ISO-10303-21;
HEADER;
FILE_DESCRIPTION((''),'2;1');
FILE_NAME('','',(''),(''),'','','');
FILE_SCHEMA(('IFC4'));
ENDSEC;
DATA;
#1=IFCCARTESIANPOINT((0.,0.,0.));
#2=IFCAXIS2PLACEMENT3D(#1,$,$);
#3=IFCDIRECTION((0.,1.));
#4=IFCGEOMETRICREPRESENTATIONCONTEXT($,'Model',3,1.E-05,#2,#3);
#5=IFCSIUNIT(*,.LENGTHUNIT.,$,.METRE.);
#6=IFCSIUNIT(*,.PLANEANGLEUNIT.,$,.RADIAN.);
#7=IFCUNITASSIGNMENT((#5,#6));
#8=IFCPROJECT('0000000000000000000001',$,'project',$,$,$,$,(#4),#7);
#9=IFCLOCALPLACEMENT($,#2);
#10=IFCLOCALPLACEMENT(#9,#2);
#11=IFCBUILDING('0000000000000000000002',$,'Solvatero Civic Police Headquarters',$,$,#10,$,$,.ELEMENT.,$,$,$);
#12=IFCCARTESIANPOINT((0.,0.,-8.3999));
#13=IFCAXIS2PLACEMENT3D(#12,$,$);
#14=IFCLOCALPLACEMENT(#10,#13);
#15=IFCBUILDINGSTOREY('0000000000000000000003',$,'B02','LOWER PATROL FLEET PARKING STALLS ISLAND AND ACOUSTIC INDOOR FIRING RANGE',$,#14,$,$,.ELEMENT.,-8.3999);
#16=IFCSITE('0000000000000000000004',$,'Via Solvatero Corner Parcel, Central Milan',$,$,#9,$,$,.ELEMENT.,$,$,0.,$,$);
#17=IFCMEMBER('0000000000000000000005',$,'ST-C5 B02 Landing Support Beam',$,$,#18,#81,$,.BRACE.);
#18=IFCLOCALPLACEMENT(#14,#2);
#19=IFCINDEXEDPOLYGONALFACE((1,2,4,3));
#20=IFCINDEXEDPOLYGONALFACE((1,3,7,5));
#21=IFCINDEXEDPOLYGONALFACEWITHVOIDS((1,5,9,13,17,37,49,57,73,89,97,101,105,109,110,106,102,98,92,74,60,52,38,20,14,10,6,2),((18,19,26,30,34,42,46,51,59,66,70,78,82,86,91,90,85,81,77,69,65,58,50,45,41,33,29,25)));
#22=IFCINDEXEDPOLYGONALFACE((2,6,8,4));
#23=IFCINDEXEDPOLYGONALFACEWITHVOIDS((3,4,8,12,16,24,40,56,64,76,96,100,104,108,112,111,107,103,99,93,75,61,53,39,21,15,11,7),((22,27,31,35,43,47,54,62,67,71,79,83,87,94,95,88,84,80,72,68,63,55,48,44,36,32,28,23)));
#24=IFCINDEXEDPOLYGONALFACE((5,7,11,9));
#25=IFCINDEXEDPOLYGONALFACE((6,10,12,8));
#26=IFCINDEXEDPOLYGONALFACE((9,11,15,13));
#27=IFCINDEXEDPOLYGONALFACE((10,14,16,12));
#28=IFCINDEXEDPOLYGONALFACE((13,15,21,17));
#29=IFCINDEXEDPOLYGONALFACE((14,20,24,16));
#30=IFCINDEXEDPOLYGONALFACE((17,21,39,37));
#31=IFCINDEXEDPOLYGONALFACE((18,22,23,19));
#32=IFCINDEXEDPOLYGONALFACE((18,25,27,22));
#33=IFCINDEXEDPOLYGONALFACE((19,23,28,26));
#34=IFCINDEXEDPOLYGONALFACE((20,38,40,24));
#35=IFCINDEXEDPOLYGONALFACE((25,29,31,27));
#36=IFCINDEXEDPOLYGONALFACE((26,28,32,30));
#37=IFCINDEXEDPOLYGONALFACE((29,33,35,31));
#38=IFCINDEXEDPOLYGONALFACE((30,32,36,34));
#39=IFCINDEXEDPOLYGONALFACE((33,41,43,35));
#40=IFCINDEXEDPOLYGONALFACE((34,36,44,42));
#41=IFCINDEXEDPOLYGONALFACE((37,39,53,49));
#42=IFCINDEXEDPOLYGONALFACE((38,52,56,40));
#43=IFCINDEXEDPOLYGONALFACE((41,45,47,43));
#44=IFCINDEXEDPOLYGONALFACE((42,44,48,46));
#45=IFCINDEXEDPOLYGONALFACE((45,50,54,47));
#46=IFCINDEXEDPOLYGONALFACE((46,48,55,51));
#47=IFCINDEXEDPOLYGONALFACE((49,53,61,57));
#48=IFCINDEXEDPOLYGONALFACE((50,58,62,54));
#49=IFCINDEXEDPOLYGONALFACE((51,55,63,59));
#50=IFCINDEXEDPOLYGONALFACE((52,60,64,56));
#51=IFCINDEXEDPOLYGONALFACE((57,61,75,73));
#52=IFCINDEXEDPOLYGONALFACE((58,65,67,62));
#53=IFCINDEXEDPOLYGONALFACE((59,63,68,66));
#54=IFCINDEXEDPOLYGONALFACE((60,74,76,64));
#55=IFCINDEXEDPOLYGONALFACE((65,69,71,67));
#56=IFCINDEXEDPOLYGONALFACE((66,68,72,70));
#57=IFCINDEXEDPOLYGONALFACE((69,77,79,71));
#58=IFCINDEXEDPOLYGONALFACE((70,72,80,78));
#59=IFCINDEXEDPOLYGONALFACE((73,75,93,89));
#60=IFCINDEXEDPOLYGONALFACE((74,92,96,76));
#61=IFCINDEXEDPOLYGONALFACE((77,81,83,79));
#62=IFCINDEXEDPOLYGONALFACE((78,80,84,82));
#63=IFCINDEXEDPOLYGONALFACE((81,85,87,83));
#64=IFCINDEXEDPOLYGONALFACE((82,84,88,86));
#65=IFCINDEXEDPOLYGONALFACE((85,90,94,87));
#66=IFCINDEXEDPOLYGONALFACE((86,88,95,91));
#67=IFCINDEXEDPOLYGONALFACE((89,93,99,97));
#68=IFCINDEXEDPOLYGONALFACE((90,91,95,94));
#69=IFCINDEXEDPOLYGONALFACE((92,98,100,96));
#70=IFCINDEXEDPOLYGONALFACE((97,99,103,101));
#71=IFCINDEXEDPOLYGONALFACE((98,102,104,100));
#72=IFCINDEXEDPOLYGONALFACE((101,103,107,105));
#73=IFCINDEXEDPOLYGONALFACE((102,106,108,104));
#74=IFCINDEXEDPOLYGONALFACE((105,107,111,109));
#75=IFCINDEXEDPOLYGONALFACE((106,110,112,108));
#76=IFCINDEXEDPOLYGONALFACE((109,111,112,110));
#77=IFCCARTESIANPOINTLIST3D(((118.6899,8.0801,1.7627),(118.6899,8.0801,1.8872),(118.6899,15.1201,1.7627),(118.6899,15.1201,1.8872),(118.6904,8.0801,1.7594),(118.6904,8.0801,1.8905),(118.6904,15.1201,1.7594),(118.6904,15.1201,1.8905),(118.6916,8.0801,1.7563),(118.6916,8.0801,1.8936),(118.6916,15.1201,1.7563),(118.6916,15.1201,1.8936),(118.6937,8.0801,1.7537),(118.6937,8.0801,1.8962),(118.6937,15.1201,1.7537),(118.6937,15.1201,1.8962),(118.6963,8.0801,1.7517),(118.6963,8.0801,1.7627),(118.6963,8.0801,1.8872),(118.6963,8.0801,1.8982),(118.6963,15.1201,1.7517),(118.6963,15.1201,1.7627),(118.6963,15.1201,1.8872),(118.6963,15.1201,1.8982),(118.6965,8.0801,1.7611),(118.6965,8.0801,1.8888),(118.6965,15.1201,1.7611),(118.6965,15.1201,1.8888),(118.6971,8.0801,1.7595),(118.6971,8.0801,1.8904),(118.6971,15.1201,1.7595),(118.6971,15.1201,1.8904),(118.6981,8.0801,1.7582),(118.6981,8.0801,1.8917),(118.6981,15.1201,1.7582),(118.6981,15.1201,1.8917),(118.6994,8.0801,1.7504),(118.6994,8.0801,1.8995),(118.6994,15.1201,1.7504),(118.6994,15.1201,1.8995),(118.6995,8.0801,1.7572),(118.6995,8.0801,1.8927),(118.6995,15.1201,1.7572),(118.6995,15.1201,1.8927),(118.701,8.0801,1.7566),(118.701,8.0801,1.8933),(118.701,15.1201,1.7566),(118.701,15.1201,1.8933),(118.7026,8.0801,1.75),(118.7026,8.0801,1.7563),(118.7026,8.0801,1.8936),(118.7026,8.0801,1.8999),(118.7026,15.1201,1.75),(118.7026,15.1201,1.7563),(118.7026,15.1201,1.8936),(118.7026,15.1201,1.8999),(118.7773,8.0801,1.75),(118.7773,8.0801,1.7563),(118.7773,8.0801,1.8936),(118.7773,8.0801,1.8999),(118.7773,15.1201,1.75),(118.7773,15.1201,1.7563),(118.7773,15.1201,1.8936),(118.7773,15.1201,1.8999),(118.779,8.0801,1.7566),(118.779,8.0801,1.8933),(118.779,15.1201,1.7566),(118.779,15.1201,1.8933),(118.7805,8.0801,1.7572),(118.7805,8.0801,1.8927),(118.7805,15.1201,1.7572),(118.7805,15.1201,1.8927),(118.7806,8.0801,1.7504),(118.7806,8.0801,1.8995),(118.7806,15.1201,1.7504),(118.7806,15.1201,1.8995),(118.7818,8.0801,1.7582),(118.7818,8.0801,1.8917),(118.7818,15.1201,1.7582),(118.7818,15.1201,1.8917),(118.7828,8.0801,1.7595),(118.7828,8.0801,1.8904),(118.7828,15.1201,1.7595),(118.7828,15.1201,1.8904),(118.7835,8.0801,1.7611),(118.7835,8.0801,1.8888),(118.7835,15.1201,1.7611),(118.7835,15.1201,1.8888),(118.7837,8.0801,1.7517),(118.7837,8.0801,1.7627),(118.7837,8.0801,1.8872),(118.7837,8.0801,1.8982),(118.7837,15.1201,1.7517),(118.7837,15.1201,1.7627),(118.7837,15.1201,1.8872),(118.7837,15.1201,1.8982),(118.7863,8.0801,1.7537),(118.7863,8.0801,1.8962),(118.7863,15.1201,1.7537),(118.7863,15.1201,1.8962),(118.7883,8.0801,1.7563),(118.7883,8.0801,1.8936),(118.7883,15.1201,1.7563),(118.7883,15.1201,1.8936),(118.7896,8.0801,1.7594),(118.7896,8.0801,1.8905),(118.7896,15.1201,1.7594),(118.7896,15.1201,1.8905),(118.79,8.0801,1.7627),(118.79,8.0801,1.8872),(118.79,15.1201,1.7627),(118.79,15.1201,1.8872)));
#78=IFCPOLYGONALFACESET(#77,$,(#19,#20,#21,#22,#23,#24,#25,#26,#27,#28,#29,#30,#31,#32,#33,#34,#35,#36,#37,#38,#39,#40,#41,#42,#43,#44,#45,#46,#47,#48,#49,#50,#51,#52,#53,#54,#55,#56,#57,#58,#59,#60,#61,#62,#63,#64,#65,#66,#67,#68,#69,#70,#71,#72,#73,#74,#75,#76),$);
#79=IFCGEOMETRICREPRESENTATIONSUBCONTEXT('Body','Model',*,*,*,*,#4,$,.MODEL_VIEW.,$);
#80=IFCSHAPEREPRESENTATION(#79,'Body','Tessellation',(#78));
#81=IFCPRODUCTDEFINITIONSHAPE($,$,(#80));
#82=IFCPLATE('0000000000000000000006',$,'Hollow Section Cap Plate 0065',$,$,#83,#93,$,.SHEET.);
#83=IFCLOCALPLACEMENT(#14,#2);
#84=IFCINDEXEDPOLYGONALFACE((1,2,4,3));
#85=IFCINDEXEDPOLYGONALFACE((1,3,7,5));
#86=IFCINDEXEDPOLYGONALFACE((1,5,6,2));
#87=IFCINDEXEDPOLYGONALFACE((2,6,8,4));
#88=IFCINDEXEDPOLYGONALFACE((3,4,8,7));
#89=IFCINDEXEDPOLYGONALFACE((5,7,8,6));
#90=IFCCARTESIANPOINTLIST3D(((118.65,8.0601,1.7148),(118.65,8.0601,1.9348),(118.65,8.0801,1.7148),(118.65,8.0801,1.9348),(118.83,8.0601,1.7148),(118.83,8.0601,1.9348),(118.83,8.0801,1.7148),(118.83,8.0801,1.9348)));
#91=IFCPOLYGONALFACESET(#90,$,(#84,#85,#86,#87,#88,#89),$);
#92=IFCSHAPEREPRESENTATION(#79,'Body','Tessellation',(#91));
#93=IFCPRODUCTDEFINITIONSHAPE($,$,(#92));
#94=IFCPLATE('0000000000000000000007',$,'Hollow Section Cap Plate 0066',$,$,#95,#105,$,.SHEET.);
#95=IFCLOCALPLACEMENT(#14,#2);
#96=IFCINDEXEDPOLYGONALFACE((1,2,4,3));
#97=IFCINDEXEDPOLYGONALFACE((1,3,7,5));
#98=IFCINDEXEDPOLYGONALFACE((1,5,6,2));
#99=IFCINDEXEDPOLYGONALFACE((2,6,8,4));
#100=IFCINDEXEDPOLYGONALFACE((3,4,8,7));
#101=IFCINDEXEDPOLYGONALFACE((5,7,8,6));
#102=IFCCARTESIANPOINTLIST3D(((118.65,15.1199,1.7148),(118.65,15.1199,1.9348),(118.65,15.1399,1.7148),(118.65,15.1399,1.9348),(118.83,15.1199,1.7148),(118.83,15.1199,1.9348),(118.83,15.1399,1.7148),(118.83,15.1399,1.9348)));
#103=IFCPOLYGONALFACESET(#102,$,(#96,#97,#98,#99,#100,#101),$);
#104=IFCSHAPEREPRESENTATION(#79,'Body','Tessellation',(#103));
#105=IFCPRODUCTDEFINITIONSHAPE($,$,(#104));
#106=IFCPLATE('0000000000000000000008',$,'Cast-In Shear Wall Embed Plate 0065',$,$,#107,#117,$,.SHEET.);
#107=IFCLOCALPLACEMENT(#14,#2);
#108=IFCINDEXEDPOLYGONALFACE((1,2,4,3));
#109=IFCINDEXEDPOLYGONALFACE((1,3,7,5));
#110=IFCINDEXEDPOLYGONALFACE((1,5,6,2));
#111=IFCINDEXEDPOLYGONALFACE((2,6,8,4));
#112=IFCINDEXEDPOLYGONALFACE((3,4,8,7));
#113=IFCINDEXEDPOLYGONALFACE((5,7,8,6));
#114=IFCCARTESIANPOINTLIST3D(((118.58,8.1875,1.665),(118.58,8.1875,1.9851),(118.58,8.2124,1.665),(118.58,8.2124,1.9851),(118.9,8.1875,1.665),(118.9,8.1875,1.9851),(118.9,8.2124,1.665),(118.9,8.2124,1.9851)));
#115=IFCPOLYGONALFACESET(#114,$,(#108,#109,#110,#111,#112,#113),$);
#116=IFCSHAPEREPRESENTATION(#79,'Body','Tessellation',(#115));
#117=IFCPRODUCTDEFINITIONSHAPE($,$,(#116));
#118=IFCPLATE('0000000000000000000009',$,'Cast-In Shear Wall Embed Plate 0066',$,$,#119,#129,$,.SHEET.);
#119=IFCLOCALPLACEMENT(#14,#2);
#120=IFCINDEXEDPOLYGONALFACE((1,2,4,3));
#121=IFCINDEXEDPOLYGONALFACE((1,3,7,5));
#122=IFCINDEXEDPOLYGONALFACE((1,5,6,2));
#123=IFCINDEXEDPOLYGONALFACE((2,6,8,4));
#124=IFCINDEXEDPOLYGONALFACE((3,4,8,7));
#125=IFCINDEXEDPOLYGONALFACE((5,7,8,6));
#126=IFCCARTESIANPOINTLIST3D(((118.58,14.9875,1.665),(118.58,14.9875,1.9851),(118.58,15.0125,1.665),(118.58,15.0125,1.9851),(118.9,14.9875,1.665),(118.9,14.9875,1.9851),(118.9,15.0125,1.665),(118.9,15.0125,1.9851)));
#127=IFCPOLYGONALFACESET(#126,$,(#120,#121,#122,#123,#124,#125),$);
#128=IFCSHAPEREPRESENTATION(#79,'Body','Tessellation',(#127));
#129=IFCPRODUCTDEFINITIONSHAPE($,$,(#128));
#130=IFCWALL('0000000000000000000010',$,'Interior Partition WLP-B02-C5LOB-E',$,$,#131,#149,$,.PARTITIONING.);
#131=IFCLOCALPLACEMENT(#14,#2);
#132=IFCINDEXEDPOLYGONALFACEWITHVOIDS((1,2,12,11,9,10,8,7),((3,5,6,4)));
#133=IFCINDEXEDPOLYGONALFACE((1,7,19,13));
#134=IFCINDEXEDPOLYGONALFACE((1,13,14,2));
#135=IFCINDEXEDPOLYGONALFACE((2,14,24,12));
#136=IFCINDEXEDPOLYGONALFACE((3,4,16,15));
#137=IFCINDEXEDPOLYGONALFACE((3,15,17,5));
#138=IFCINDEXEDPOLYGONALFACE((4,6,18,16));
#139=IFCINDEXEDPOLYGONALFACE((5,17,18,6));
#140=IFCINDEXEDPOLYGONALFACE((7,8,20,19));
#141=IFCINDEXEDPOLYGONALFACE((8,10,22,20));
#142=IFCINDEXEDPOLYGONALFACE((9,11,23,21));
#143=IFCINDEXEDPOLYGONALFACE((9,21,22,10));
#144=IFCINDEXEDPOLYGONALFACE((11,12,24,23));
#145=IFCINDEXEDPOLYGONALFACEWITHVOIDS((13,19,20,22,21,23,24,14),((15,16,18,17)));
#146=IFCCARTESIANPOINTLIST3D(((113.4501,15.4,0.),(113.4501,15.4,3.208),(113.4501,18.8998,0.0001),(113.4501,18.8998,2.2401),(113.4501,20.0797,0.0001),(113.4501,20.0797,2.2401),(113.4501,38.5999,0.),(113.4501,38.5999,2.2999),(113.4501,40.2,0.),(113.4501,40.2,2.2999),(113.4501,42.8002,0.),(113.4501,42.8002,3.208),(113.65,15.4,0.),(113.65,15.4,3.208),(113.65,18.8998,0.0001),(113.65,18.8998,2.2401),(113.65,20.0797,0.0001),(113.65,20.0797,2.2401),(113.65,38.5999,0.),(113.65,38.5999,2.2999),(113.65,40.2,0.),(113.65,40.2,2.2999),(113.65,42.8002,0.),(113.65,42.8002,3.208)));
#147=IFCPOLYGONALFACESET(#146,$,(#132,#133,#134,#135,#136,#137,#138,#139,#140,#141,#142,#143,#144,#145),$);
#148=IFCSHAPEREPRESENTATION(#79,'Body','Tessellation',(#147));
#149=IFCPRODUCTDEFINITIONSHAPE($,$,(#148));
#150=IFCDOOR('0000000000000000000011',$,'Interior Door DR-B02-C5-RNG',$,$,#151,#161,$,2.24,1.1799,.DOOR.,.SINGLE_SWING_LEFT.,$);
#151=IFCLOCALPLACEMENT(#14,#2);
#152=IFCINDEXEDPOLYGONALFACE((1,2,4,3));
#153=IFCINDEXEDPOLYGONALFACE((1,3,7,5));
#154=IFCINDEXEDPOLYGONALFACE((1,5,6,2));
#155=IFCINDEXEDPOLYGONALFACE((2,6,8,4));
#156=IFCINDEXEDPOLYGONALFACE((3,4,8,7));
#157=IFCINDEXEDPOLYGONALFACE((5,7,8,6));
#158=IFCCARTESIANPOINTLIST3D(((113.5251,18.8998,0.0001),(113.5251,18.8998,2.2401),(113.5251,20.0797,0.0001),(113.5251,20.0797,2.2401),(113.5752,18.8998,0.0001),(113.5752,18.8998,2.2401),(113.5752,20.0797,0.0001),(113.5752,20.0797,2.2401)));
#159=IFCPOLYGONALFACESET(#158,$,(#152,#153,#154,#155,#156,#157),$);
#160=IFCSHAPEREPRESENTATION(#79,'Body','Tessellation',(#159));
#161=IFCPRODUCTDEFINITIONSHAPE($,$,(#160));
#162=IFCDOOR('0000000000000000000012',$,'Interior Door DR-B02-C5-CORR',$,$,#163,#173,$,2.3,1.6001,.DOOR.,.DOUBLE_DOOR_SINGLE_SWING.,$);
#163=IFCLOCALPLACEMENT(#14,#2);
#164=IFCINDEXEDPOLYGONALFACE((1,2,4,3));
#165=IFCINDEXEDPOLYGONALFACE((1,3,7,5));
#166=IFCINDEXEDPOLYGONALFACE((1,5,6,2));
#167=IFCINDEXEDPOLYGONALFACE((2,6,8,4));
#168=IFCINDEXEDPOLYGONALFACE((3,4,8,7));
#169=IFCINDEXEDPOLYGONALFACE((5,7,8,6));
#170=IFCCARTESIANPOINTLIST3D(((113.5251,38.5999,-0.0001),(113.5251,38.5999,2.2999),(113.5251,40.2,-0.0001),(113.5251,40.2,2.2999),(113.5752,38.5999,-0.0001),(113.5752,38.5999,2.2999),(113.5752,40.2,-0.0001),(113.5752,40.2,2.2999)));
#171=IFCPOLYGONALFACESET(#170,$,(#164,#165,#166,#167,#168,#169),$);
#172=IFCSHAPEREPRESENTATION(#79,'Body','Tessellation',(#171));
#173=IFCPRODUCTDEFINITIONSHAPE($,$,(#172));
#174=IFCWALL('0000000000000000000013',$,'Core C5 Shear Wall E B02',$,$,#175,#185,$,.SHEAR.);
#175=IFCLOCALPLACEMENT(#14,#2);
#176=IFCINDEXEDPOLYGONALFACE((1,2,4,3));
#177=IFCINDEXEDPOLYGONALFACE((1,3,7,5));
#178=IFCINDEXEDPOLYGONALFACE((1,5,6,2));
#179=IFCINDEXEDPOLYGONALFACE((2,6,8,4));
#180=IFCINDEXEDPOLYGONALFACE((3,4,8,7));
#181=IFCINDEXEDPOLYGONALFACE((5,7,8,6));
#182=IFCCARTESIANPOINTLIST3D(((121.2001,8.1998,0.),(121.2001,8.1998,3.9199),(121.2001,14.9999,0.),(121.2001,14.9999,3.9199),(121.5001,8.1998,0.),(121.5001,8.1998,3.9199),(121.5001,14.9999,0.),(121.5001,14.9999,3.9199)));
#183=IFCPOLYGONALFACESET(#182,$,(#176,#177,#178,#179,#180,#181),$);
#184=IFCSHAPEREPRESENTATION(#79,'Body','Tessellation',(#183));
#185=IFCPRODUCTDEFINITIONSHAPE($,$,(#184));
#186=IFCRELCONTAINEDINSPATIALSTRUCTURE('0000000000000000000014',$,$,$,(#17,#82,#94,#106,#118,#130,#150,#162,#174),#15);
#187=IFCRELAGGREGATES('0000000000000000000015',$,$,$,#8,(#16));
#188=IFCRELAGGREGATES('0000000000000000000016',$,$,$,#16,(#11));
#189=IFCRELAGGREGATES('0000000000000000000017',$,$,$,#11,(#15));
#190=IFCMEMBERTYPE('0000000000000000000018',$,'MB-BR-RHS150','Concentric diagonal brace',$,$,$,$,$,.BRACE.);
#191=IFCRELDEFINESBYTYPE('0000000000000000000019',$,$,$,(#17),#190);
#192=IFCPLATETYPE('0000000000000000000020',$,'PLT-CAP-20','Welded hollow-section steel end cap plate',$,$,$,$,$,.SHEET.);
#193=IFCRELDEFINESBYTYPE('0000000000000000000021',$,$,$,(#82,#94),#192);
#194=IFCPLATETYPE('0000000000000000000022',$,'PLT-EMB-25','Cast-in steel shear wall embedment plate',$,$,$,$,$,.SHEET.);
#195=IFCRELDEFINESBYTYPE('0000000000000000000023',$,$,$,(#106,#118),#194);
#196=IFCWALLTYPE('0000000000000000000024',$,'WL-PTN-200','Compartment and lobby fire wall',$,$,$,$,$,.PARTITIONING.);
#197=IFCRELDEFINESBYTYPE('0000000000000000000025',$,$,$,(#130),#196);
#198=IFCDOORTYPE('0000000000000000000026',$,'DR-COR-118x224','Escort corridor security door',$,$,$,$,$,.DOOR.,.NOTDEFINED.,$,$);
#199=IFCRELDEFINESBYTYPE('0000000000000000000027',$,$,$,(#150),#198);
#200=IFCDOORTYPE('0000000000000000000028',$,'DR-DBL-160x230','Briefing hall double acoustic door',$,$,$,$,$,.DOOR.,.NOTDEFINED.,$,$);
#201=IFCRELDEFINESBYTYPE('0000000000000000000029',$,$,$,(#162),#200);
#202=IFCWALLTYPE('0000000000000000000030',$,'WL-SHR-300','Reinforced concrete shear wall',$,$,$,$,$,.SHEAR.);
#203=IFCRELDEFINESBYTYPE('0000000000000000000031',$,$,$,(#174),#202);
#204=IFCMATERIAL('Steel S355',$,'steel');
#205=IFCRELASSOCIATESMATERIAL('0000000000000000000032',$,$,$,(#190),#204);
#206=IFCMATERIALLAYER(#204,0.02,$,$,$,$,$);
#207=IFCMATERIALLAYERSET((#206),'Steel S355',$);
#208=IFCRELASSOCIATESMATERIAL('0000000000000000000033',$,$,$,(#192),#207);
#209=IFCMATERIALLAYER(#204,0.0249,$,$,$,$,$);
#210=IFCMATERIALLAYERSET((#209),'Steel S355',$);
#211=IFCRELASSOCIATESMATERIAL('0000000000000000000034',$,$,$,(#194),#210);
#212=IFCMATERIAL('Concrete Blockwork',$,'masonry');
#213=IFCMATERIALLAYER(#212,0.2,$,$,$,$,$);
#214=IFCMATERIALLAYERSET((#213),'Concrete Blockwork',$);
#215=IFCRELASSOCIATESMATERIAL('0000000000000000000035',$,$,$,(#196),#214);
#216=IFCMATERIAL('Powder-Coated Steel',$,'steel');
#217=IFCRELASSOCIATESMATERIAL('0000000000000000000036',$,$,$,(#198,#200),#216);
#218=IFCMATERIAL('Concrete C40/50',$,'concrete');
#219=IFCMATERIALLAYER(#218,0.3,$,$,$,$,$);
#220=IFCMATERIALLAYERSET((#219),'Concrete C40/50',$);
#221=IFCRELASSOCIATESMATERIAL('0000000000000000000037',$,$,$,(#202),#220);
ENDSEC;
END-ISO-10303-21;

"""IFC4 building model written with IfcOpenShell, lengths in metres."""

from ifc_helpers import new_model, si_unit, direction, frame, frame_2d, origin, origin_2d, place, context, subcontext, project, spatial, rectangle, hollow_rectangle, extrude, material, layer, layer_set, material_profile, profile_set, type_object, element, fill, save


model = new_model("IFC4")

# Units and contexts
model_context = context("Model", 3, precision=1e-05, world=origin(), true_north=direction((0.0, 1.0)))
body_context = subcontext(model_context, "Body", "Model", "MODEL_VIEW")
ifc_project = project(units=[si_unit("LENGTHUNIT", "METRE"), si_unit("PLANEANGLEUNIT", "RADIAN")], contexts=[model_context])

# Site, building, storey
site_placement = place(None, origin())
site = spatial("IfcSite", under=ifc_project, at=site_placement, Name="Via Solvatero Corner Parcel, Central Milan", CompositionType="ELEMENT", RefElevation=0.0)
building_placement = place(site_placement, origin())
building = spatial("IfcBuilding", under=site, at=building_placement, Name="Solvatero Civic Police Headquarters", CompositionType="ELEMENT")
storey_placement = place(building_placement, frame((0.0, 0.0, -8.3999)))
storey = spatial("IfcBuildingStorey", under=building, at=storey_placement, Name="B02", Description="LOWER PATROL FLEET PARKING STALLS ISLAND AND ACOUSTIC INDOOR FIRING RANGE", CompositionType="ELEMENT", Elevation=-8.3999)

# Shared definitions
ifc_material_1 = material(Name="Concrete C40/50", Category="concrete")

# Member
ifc_material_2 = material(Name="Steel S355", Category="steel")
ifc_material_profile_1 = material_profile(ifc_material_2, hollow_rectangle(XDim=0.1001, YDim=0.1499, WallThickness=0.0063, InnerFilletRadius=0.0063, OuterFilletRadius=0.0127, at=origin_2d()), Name="RHS 150x100x6.3")
ifc_profile_set_1 = profile_set([ifc_material_profile_1], Name="Steel S355")
member_type = type_object("IfcMemberType", Name="MB-BR-RHS150", Description="Concentric diagonal brace", PredefinedType="BRACE", material=ifc_profile_set_1)
member_placement = place(storey_placement, frame((118.74, 8.0801, 1.825), z_axis=(0.0, 1.0, 0.0), x_axis=(-1.0, 0.0, 0.0)))
element("IfcMember", 1, at=member_placement, inside=storey, type_object=member_type, Name="ST-C5 B02 Landing Support Beam", PredefinedType="BRACE", context=body_context, shape_type="SweptSolid", body=[
    extrude(hollow_rectangle(XDim=0.1001, YDim=0.1499, WallThickness=0.0063, InnerFilletRadius=0.0063, OuterFilletRadius=0.0127, at=origin_2d()), origin(), (0.0, 0.0, 1.0), 7.04),
])

# Plates
ifc_layer_1 = layer(ifc_material_2, 0.02)
ifc_layer_set_1 = layer_set([ifc_layer_1], Name="Steel S355")
plate_type_1 = type_object("IfcPlateType", Name="PLT-CAP-20", Description="Welded hollow-section steel end cap plate", PredefinedType="SHEET", material=ifc_layer_set_1)
for number, where, z_axis, x_axis, name in (
    (2, (118.74, 8.0701, 1.7148), (0.0, 0.0, 1.0), (1.0, 0.0, 0.0), "Hollow Section Cap Plate 0065"),
    (3, (118.74, 15.1299, 1.7148), (0.0, 0.0, 1.0), (1.0, 0.0, 0.0), "Hollow Section Cap Plate 0066"),
):
    element("IfcPlate", number, at=place(storey_placement, frame(where, z_axis=z_axis, x_axis=x_axis)), inside=storey, type_object=plate_type_1, Name=name, PredefinedType="SHEET", context=body_context, shape_type="SweptSolid", body=[
        extrude(rectangle(XDim=0.1799, YDim=0.02, at=origin_2d()), origin(), (0.0, 0.0, 1.0), 0.22),
    ])
ifc_layer_2 = layer(ifc_material_2, 0.0249)
ifc_layer_set_2 = layer_set([ifc_layer_2], Name="Steel S355")
plate_type_2 = type_object("IfcPlateType", Name="PLT-EMB-25", Description="Cast-in steel shear wall embedment plate", PredefinedType="SHEET", material=ifc_layer_set_2)
for number, where, z_axis, x_axis, name in (
    (4, (118.74, 8.2, 1.665), (0.0, 0.0, 1.0), (1.0, 0.0, 0.0), "Cast-In Shear Wall Embed Plate 0065"),
    (5, (118.74, 15.0, 1.665), (0.0, 0.0, 1.0), (1.0, 0.0, 0.0), "Cast-In Shear Wall Embed Plate 0066"),
):
    element("IfcPlate", number, at=place(storey_placement, frame(where, z_axis=z_axis, x_axis=x_axis)), inside=storey, type_object=plate_type_2, Name=name, PredefinedType="SHEET", context=body_context, shape_type="SweptSolid", body=[
        extrude(rectangle(XDim=0.3201, YDim=0.0249, at=origin_2d()), origin(), (0.0, 0.0, 1.0), 0.3201),
    ])

# Wall, openings, doors
ifc_material_3 = material(Name="Concrete Blockwork", Category="masonry")
ifc_layer_3 = layer(ifc_material_3, 0.2)
ifc_layer_set_3 = layer_set([ifc_layer_3], Name="Concrete Blockwork")
wall_type_1 = type_object("IfcWallType", Name="WL-PTN-200", Description="Compartment and lobby fire wall", PredefinedType="PARTITIONING", material=ifc_layer_set_3)
wall_1_placement = place(storey_placement, frame((113.55, 15.3999, 0.0), z_axis=(0.0, 0.0, 1.0), x_axis=(0.0, 1.0, 0.0)))
wall_1 = element("IfcWall", 6, at=wall_1_placement, inside=storey, type_object=wall_type_1, Name="Interior Partition WLP-B02-C5LOB-E", PredefinedType="PARTITIONING", context=body_context, shape_type="SweptSolid", body=[
    extrude(rectangle(XDim=27.4001, YDim=0.2, at=frame_2d((13.7002, 0.0))), origin(), (0.0, 0.0, 1.0), 3.208),
])
opening_1_placement = place(wall_1_placement, frame((23.2, 0.0, 0.0)))
opening_1 = element("IfcOpeningElement", 7, at=opening_1_placement, cuts=wall_1, PredefinedType="OPENING", context=body_context, shape_type="SweptSolid", body=[
    extrude(rectangle(XDim=1.6001, YDim=2.3, at=frame_2d((0.8, 1.1499))), frame((0.0, 0.1099, 0.0), z_axis=(0.0, -1.0, 0.0), x_axis=(1.0, 0.0, 0.0)), (0.0, 0.0, 1.0), 0.22),
])
opening_2_placement = place(wall_1_placement, frame((3.5, 0.0, 0.0)))
opening_2 = element("IfcOpeningElement", 8, at=opening_2_placement, cuts=wall_1, PredefinedType="OPENING", context=body_context, shape_type="SweptSolid", body=[
    extrude(rectangle(XDim=1.1799, YDim=2.24, at=frame_2d((0.5898, 1.1201))), frame((0.0, 0.1099, 0.0), z_axis=(0.0, -1.0, 0.0), x_axis=(1.0, 0.0, 0.0)), (0.0, 0.0, 1.0), 0.22),
])
ifc_material_4 = material(Name="Powder-Coated Steel", Category="steel")
door_type_1 = type_object("IfcDoorType", Name="DR-COR-118x224", Description="Escort corridor security door", OperationType="NOTDEFINED", PredefinedType="DOOR", material=ifc_material_4)
door_1_placement = place(opening_2_placement, origin())
door_1 = element("IfcDoor", 9, at=door_1_placement, inside=storey, type_object=door_type_1, Name="Interior Door DR-B02-C5-RNG", OperationType="SINGLE_SWING_LEFT", OverallHeight=2.24, OverallWidth=1.1799, PredefinedType="DOOR", context=body_context, shape_type="SweptSolid", body=[
    extrude(rectangle(XDim=1.1799, YDim=2.24, at=frame_2d((0.5898, 1.1201))), frame((0.0, 0.0249, 0.0), z_axis=(0.0, -1.0, 0.0), x_axis=(1.0, 0.0, 0.0)), (0.0, 0.0, 1.0), 0.05),
])
fill(opening_2, door_1)
door_type_2 = type_object("IfcDoorType", Name="DR-DBL-160x230", Description="Briefing hall double acoustic door", OperationType="NOTDEFINED", PredefinedType="DOOR", material=ifc_material_4)
door_2_placement = place(opening_1_placement, origin())
door_2 = element("IfcDoor", 10, at=door_2_placement, inside=storey, type_object=door_type_2, Name="Interior Door DR-B02-C5-CORR", OperationType="DOUBLE_DOOR_SINGLE_SWING", OverallHeight=2.3, OverallWidth=1.6001, PredefinedType="DOOR", context=body_context, shape_type="SweptSolid", body=[
    extrude(rectangle(XDim=1.6001, YDim=2.3, at=frame_2d((0.8, 1.1499))), frame((0.0, 0.0249, 0.0), z_axis=(0.0, -1.0, 0.0), x_axis=(1.0, 0.0, 0.0)), (0.0, 0.0, 1.0), 0.05),
])
fill(opening_1, door_2)

# Wall
ifc_layer_4 = layer(ifc_material_1, 0.3)
ifc_layer_set_4 = layer_set([ifc_layer_4], Name="Concrete C40/50")
wall_type_2 = type_object("IfcWallType", Name="WL-SHR-300", Description="Reinforced concrete shear wall", PredefinedType="SHEAR", material=ifc_layer_set_4)
wall_2_placement = place(storey_placement, frame((121.3501, 8.2, 0.0), z_axis=(0.0, 0.0, 1.0), x_axis=(0.0, 1.0, 0.0)))
element("IfcWall", 11, at=wall_2_placement, inside=storey, type_object=wall_type_2, Name="Core C5 Shear Wall E B02", PredefinedType="SHEAR", context=body_context, shape_type="SweptSolid", body=[
    extrude(rectangle(XDim=6.8, YDim=0.3, at=frame_2d((3.3999, 0.0))), origin(), (0.0, 0.0, 1.0), 3.9199),
])

save(model, "model.ifc")
